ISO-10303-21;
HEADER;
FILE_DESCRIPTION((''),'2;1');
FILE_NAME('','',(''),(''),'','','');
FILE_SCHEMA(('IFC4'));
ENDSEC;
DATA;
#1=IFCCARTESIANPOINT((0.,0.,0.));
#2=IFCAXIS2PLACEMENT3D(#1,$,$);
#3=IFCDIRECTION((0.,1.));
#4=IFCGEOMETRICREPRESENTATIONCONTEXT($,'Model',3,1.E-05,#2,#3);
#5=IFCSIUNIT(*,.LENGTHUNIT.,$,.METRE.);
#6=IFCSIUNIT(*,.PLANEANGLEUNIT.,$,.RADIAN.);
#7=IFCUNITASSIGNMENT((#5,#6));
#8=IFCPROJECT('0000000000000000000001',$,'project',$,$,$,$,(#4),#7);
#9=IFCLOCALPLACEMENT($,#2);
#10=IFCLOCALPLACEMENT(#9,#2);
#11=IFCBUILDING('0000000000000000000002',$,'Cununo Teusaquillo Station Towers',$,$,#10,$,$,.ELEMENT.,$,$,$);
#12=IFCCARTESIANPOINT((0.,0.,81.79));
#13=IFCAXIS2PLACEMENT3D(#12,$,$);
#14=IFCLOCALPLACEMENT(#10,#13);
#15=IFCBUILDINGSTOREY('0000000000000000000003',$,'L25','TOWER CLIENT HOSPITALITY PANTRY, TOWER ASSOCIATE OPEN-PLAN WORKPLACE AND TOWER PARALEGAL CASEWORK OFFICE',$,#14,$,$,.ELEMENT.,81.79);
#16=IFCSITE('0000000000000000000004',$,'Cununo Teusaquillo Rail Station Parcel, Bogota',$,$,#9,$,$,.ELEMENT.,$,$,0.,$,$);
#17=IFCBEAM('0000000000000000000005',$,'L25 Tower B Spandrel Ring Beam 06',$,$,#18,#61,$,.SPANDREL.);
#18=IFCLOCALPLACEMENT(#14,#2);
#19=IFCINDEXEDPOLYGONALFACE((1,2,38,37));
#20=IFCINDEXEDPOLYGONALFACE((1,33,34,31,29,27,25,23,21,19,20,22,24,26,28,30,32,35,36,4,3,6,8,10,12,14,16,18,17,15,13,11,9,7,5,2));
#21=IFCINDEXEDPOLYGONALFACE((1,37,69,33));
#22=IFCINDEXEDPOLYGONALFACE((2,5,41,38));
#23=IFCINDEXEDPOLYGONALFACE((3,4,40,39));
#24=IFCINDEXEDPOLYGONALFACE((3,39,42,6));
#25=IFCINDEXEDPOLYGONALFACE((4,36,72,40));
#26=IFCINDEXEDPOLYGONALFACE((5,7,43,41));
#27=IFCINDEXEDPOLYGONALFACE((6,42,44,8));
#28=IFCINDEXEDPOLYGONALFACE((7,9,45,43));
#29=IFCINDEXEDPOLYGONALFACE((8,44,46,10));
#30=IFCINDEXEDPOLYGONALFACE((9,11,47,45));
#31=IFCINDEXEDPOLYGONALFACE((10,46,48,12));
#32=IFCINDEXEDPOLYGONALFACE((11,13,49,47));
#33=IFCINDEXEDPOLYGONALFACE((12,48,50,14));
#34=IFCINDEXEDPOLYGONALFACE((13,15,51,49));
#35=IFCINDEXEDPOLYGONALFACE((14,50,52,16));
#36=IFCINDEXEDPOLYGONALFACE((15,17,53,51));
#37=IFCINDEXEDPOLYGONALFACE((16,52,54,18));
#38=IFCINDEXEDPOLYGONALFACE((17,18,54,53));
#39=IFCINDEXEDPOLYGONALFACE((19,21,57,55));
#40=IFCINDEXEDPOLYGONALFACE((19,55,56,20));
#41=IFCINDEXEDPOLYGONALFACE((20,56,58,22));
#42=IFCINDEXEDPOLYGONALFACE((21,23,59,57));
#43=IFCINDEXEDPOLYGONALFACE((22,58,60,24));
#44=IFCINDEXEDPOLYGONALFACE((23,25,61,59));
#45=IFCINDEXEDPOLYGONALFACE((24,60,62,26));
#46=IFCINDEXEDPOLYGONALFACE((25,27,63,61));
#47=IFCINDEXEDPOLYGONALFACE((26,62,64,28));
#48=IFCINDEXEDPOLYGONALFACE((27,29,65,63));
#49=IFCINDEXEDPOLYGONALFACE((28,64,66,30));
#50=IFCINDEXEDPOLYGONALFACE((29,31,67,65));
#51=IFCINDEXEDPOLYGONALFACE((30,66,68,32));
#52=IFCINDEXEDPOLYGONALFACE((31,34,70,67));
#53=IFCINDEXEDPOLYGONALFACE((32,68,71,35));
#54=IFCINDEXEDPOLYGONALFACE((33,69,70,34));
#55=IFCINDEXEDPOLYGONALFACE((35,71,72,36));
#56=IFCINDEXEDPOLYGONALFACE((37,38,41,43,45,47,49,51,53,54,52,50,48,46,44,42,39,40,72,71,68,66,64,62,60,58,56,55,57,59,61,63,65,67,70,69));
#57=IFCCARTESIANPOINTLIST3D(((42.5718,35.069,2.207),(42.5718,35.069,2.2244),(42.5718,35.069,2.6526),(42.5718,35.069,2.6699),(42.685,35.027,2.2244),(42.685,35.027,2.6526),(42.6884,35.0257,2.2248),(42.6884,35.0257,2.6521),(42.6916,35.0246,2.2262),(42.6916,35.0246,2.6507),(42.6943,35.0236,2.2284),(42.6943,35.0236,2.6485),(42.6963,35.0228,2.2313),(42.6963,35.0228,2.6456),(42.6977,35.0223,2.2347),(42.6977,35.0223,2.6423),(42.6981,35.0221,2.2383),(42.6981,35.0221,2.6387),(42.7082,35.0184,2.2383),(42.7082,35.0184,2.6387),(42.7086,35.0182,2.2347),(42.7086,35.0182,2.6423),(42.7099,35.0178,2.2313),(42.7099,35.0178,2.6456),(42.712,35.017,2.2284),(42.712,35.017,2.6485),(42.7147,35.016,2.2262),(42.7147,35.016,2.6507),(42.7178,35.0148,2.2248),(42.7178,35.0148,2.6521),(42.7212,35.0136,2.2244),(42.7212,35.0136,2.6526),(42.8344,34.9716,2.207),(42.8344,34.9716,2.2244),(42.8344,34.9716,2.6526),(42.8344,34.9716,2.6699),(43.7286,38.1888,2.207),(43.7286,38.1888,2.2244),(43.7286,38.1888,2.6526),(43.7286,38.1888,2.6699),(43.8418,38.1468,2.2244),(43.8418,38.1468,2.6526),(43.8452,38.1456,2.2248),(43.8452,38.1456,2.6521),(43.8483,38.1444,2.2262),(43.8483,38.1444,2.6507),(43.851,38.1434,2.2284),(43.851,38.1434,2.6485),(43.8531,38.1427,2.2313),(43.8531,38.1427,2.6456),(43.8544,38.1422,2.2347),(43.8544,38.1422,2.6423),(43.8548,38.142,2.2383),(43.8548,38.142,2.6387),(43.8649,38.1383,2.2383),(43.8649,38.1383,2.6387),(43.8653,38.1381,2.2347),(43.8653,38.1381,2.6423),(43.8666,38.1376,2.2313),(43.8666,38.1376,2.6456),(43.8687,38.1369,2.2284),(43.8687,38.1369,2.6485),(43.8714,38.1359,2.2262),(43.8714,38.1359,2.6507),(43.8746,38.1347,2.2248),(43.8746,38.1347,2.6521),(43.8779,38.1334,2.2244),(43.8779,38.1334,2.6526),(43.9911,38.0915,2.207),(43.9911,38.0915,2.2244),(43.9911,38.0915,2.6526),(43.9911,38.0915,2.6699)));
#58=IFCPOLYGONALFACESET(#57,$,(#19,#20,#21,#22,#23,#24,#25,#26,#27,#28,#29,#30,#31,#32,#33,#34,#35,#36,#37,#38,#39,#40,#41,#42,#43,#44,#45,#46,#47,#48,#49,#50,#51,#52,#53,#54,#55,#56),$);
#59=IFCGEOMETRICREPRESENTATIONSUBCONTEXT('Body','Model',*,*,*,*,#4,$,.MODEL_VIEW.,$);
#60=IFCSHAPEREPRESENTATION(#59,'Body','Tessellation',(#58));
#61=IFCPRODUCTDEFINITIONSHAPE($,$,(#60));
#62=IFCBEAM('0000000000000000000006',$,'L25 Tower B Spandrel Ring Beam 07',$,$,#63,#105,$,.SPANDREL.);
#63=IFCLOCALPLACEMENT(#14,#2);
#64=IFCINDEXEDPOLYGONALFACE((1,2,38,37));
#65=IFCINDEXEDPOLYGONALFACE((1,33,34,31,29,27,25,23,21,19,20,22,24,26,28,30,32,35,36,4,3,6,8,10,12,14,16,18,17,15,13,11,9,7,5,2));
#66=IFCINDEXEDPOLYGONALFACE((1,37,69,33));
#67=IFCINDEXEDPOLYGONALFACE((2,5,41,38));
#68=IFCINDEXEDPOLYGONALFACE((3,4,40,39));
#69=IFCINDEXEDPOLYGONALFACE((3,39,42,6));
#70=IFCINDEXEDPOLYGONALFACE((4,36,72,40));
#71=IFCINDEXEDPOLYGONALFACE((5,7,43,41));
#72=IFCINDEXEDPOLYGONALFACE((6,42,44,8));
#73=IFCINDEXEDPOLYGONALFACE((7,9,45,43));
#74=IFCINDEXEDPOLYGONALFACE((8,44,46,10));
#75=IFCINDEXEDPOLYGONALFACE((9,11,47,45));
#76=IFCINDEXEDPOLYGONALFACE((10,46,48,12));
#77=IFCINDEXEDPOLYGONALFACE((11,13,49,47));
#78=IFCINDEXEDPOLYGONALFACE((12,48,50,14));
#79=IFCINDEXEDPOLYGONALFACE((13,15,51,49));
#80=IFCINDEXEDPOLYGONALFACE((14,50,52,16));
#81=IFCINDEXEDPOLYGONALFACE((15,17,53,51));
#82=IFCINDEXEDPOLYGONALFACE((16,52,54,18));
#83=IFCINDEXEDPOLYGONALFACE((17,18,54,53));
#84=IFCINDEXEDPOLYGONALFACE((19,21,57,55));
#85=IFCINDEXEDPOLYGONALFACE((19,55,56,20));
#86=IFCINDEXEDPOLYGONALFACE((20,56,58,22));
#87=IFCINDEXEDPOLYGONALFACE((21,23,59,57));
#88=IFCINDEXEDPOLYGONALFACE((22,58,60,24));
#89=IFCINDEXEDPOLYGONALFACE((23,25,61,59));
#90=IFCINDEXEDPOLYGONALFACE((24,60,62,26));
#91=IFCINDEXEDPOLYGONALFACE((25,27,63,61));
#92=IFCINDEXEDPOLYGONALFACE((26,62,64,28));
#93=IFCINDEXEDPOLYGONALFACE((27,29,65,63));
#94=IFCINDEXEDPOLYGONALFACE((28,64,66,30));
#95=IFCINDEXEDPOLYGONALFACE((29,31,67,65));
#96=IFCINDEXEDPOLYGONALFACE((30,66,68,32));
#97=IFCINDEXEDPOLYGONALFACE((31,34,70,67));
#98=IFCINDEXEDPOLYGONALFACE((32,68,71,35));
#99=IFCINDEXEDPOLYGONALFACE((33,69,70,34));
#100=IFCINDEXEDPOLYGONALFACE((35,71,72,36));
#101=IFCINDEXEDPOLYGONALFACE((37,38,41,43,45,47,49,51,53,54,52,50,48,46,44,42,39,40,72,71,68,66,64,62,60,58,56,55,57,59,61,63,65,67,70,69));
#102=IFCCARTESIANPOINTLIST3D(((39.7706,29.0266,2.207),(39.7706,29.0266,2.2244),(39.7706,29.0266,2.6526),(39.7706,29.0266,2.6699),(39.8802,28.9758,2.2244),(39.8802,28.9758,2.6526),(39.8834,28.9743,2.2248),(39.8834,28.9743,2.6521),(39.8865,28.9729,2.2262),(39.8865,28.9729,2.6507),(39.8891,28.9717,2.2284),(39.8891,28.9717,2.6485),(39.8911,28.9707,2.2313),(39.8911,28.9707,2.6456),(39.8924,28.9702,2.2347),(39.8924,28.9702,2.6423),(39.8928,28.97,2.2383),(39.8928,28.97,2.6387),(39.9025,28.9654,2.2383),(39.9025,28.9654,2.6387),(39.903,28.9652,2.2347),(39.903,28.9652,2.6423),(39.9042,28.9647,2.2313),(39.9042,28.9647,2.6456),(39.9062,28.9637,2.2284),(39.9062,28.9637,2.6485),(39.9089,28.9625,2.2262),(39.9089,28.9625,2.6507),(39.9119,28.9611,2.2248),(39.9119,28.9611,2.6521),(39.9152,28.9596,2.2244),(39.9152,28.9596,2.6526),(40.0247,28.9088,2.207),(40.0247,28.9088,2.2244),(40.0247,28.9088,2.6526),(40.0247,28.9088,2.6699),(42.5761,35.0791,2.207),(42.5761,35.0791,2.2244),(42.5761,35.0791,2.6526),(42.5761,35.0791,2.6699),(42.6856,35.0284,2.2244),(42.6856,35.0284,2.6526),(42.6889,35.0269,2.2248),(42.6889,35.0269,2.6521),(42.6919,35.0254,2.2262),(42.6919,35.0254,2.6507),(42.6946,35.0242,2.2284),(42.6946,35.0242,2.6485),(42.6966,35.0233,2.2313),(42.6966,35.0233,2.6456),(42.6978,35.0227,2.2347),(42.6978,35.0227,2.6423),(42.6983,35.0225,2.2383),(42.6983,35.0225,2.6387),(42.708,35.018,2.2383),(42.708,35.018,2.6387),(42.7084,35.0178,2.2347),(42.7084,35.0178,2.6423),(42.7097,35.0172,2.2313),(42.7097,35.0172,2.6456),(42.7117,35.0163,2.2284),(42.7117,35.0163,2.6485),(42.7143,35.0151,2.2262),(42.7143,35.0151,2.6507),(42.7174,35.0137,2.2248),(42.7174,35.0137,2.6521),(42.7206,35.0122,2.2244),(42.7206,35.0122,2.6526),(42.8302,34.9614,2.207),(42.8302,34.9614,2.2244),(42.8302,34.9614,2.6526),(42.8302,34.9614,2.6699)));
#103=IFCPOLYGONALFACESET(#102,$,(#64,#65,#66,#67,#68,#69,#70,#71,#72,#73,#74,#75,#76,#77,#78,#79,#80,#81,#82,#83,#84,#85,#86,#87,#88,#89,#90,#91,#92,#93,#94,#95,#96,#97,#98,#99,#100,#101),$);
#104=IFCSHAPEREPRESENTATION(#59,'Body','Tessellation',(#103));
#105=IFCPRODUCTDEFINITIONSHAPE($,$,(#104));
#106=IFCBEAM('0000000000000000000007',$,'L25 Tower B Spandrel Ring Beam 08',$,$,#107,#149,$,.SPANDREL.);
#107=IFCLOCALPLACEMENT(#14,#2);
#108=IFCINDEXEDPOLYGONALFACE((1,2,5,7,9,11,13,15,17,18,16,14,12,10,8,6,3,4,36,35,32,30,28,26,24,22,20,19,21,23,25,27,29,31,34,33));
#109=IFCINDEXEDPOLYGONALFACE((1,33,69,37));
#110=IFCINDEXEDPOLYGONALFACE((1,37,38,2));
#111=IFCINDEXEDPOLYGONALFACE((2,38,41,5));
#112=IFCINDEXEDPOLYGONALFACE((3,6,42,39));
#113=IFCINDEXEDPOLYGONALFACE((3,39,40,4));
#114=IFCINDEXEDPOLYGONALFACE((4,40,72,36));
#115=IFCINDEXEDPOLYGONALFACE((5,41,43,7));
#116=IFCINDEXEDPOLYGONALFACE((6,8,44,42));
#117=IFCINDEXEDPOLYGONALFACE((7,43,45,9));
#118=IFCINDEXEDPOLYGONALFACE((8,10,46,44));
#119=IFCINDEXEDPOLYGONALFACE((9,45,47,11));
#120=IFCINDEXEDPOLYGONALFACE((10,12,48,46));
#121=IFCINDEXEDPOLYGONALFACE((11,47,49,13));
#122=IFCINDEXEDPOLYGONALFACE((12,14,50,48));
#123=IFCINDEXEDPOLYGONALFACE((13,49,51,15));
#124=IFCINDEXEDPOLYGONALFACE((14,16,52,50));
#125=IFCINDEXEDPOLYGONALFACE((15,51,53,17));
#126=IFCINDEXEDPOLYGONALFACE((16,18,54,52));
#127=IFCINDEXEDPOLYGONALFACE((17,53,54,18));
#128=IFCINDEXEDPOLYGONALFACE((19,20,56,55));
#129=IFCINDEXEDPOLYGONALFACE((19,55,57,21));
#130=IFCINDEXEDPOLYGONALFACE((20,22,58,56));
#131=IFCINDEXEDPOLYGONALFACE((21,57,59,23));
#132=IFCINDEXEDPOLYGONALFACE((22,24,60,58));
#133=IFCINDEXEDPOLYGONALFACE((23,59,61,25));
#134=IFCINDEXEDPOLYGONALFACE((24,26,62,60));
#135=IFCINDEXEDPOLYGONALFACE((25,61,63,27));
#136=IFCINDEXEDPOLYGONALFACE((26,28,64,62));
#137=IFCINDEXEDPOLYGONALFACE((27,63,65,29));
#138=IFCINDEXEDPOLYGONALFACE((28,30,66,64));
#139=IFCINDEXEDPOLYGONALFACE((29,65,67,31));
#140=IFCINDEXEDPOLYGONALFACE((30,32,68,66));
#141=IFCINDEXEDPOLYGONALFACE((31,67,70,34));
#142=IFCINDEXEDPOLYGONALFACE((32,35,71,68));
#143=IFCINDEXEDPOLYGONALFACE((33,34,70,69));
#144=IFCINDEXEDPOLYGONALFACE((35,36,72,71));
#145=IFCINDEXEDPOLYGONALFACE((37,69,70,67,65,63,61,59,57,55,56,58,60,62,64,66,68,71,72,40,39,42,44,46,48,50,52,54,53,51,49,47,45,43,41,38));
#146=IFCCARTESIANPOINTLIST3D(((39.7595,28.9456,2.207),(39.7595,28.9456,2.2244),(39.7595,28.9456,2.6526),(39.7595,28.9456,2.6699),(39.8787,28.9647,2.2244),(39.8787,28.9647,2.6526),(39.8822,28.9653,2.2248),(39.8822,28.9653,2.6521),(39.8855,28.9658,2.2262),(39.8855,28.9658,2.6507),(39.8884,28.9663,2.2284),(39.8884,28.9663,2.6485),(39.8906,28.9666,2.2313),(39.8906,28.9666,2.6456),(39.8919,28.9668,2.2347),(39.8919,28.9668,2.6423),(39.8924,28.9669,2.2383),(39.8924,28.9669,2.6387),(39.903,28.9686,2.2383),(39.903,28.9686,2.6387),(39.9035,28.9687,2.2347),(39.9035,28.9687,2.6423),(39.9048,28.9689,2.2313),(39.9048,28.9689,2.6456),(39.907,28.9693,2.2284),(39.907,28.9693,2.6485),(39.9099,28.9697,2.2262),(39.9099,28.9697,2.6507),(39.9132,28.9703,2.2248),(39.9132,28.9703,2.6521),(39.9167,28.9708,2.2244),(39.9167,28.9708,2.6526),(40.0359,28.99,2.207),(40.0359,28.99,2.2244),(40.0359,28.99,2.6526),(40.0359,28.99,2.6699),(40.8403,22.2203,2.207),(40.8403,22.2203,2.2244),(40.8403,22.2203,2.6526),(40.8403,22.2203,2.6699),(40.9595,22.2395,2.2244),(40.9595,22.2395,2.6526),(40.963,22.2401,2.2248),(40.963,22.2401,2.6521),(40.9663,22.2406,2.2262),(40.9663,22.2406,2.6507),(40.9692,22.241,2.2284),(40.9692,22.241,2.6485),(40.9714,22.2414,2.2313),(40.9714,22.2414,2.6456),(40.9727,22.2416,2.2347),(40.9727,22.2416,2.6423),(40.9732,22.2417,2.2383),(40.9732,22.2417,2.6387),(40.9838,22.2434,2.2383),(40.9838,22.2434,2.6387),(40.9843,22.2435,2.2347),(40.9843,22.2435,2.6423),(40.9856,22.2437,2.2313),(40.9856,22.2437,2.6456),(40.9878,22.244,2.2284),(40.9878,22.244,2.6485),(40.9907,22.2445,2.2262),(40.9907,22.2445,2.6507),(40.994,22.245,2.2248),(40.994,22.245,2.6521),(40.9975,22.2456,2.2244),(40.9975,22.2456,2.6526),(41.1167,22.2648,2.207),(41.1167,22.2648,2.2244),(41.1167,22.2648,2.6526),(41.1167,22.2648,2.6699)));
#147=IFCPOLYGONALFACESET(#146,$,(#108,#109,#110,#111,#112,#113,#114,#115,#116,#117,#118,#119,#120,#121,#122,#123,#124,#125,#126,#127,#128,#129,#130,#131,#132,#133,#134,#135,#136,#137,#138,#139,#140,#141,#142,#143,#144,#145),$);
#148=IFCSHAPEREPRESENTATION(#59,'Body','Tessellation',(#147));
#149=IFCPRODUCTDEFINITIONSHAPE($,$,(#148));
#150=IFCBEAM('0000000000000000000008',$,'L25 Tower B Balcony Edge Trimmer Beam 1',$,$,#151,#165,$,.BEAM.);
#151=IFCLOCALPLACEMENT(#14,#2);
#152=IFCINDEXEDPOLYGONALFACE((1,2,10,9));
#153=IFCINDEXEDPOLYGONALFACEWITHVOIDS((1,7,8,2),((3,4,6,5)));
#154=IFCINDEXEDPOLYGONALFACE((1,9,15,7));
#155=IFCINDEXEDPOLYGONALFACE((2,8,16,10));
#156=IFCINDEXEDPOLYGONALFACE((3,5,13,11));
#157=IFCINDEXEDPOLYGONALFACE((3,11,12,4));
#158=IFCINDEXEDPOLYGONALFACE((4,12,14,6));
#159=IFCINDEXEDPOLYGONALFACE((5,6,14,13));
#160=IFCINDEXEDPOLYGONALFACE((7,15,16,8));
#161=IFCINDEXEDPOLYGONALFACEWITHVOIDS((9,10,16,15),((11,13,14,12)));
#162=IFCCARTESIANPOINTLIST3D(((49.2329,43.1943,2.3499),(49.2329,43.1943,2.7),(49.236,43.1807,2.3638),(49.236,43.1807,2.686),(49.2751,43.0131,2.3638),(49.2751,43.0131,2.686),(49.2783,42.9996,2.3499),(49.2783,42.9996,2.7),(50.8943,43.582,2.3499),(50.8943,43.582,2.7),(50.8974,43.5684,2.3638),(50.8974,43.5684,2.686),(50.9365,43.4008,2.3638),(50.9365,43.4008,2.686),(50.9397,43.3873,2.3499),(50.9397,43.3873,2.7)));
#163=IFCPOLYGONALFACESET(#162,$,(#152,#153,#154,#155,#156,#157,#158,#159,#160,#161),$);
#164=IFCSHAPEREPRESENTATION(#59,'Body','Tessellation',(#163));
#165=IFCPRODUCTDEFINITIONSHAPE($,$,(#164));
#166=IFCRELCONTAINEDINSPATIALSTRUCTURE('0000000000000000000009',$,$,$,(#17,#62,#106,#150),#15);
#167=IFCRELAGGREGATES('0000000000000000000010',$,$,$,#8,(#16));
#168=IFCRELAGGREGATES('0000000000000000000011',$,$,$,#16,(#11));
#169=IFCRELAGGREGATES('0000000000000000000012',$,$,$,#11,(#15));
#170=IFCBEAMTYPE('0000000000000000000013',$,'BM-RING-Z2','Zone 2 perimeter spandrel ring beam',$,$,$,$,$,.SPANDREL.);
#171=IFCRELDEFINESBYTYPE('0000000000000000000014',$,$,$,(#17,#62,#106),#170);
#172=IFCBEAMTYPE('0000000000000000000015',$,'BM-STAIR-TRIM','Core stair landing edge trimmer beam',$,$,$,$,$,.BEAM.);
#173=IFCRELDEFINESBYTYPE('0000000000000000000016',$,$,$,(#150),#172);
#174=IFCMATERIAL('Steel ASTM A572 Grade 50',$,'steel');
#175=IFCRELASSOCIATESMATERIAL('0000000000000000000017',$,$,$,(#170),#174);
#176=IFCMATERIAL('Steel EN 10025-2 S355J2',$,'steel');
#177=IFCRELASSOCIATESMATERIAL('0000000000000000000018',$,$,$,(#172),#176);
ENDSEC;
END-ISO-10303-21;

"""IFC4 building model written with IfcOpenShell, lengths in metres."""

from ifc_helpers import new_model, si_unit, direction, frame, origin, origin_2d, place, context, subcontext, project, spatial, hollow_rectangle, i_section, extrude, material, material_profile, profile_set, type_object, element, save


model = new_model("IFC4")

# Units and contexts
model_context = context("Model", 3, precision=1e-05, world=origin(), true_north=direction((0.0, 1.0)))
body_context = subcontext(model_context, "Body", "Model", "MODEL_VIEW")
ifc_project = project(units=[si_unit("LENGTHUNIT", "METRE"), si_unit("PLANEANGLEUNIT", "RADIAN")], contexts=[model_context])

# Site, building, storey
site_placement = place(None, origin())
site = spatial("IfcSite", under=ifc_project, at=site_placement, Name="Cununo Teusaquillo Rail Station Parcel, Bogota", CompositionType="ELEMENT", RefElevation=0.0)
building_placement = place(site_placement, origin())
building = spatial("IfcBuilding", under=site, at=building_placement, Name="Cununo Teusaquillo Station Towers", CompositionType="ELEMENT")
storey_placement = place(building_placement, frame((0.0, 0.0, 81.79)))
storey = spatial("IfcBuildingStorey", under=building, at=storey_placement, Name="L25", Description="TOWER CLIENT HOSPITALITY PANTRY, TOWER ASSOCIATE OPEN-PLAN WORKPLACE AND TOWER PARALEGAL CASEWORK OFFICE", CompositionType="ELEMENT", Elevation=81.79)

# Beams
ifc_material_1 = material(Name="Steel ASTM A572 Grade 50", Category="steel")
ifc_material_profile_1 = material_profile(ifc_material_1, i_section(OverallWidth=0.28, OverallDepth=0.4629, WebThickness=0.0107, FlangeThickness=0.0173, FilletRadius=0.0139, at=origin_2d()), Name="W18X76")
ifc_profile_set_1 = profile_set([ifc_material_profile_1], Name="Steel ASTM A572 Grade 50")
beam_type_1 = type_object("IfcBeamType", Name="BM-RING-Z2", Description="Zone 2 perimeter spandrel ring beam", PredefinedType="SPANDREL", material=ifc_profile_set_1)
for number, where, z_axis, x_axis, name in (
    (1, (43.8599, 38.1401, 2.4385), (-0.347639, -0.937628, 0.0), (0.937628, -0.347639, 0.0), "L25 Tower B Spandrel Ring Beam 06"),
):
    element("IfcBeam", number, at=place(storey_placement, frame(where, z_axis=z_axis, x_axis=x_axis)), inside=storey, type_object=beam_type_1, Name=name, PredefinedType="SPANDREL", context=body_context, shape_type="SweptSolid", body=[
        extrude(i_section(OverallWidth=0.28, OverallDepth=0.4629, WebThickness=0.0107, FlangeThickness=0.0173, FilletRadius=0.0139, at=origin_2d()), origin(), (0.0, 0.0, 1.0), 3.3274),
    ])
beam_1_placement = place(storey_placement, frame((42.7031, 35.0203, 2.4385), z_axis=(-0.420536, -0.907276, 0.0), x_axis=(0.907276, -0.420536, 0.0)))
element("IfcBeam", 2, at=beam_1_placement, inside=storey, type_object=beam_type_1, Name="L25 Tower B Spandrel Ring Beam 07", PredefinedType="SPANDREL", context=body_context, shape_type="SweptSolid", body=[
    extrude(i_section(OverallWidth=0.28, OverallDepth=0.4629, WebThickness=0.0107, FlangeThickness=0.0173, FilletRadius=0.0139, at=origin_2d()), origin(), (0.0, 0.0, 1.0), 6.6711),
])
beam_2_placement = place(storey_placement, frame((39.8977, 28.9678, 2.4385), z_axis=(0.158671, -0.987331, 0.0), x_axis=(0.987331, 0.158671, 0.0)))
element("IfcBeam", 3, at=beam_2_placement, inside=storey, type_object=beam_type_1, Name="L25 Tower B Spandrel Ring Beam 08", PredefinedType="SPANDREL", context=body_context, shape_type="SweptSolid", body=[
    extrude(i_section(OverallWidth=0.28, OverallDepth=0.4629, WebThickness=0.0107, FlangeThickness=0.0173, FilletRadius=0.0139, at=origin_2d()), origin(), (0.0, 0.0, 1.0), 6.8115),
])
ifc_material_2 = material(Name="Steel EN 10025-2 S355J2", Category="steel")
ifc_material_profile_2 = material_profile(ifc_material_2, hollow_rectangle(XDim=0.2, YDim=0.3501, WallThickness=0.0139, at=origin_2d()), Name="RHS 350x200x14")
ifc_profile_set_2 = profile_set([ifc_material_profile_2], Name="Steel EN 10025-2 S355J2")
beam_type_2 = type_object("IfcBeamType", Name="BM-STAIR-TRIM", Description="Core stair landing edge trimmer beam", PredefinedType="BEAM", material=ifc_profile_set_2)
beam_3_placement = place(storey_placement, frame((50.917, 43.4846, 2.5249), z_axis=(-0.973836, -0.227252, 0.0), x_axis=(0.227252, -0.973836, 0.0)))
element("IfcBeam", 4, at=beam_3_placement, inside=storey, type_object=beam_type_2, Name="L25 Tower B Balcony Edge Trimmer Beam 1", PredefinedType="BEAM", context=body_context, shape_type="SweptSolid", body=[
    extrude(hollow_rectangle(XDim=0.2, YDim=0.3501, WallThickness=0.0139, at=origin_2d()), origin(), (0.0, 0.0, 1.0), 1.7061),
])

save(model, "model.ifc")
